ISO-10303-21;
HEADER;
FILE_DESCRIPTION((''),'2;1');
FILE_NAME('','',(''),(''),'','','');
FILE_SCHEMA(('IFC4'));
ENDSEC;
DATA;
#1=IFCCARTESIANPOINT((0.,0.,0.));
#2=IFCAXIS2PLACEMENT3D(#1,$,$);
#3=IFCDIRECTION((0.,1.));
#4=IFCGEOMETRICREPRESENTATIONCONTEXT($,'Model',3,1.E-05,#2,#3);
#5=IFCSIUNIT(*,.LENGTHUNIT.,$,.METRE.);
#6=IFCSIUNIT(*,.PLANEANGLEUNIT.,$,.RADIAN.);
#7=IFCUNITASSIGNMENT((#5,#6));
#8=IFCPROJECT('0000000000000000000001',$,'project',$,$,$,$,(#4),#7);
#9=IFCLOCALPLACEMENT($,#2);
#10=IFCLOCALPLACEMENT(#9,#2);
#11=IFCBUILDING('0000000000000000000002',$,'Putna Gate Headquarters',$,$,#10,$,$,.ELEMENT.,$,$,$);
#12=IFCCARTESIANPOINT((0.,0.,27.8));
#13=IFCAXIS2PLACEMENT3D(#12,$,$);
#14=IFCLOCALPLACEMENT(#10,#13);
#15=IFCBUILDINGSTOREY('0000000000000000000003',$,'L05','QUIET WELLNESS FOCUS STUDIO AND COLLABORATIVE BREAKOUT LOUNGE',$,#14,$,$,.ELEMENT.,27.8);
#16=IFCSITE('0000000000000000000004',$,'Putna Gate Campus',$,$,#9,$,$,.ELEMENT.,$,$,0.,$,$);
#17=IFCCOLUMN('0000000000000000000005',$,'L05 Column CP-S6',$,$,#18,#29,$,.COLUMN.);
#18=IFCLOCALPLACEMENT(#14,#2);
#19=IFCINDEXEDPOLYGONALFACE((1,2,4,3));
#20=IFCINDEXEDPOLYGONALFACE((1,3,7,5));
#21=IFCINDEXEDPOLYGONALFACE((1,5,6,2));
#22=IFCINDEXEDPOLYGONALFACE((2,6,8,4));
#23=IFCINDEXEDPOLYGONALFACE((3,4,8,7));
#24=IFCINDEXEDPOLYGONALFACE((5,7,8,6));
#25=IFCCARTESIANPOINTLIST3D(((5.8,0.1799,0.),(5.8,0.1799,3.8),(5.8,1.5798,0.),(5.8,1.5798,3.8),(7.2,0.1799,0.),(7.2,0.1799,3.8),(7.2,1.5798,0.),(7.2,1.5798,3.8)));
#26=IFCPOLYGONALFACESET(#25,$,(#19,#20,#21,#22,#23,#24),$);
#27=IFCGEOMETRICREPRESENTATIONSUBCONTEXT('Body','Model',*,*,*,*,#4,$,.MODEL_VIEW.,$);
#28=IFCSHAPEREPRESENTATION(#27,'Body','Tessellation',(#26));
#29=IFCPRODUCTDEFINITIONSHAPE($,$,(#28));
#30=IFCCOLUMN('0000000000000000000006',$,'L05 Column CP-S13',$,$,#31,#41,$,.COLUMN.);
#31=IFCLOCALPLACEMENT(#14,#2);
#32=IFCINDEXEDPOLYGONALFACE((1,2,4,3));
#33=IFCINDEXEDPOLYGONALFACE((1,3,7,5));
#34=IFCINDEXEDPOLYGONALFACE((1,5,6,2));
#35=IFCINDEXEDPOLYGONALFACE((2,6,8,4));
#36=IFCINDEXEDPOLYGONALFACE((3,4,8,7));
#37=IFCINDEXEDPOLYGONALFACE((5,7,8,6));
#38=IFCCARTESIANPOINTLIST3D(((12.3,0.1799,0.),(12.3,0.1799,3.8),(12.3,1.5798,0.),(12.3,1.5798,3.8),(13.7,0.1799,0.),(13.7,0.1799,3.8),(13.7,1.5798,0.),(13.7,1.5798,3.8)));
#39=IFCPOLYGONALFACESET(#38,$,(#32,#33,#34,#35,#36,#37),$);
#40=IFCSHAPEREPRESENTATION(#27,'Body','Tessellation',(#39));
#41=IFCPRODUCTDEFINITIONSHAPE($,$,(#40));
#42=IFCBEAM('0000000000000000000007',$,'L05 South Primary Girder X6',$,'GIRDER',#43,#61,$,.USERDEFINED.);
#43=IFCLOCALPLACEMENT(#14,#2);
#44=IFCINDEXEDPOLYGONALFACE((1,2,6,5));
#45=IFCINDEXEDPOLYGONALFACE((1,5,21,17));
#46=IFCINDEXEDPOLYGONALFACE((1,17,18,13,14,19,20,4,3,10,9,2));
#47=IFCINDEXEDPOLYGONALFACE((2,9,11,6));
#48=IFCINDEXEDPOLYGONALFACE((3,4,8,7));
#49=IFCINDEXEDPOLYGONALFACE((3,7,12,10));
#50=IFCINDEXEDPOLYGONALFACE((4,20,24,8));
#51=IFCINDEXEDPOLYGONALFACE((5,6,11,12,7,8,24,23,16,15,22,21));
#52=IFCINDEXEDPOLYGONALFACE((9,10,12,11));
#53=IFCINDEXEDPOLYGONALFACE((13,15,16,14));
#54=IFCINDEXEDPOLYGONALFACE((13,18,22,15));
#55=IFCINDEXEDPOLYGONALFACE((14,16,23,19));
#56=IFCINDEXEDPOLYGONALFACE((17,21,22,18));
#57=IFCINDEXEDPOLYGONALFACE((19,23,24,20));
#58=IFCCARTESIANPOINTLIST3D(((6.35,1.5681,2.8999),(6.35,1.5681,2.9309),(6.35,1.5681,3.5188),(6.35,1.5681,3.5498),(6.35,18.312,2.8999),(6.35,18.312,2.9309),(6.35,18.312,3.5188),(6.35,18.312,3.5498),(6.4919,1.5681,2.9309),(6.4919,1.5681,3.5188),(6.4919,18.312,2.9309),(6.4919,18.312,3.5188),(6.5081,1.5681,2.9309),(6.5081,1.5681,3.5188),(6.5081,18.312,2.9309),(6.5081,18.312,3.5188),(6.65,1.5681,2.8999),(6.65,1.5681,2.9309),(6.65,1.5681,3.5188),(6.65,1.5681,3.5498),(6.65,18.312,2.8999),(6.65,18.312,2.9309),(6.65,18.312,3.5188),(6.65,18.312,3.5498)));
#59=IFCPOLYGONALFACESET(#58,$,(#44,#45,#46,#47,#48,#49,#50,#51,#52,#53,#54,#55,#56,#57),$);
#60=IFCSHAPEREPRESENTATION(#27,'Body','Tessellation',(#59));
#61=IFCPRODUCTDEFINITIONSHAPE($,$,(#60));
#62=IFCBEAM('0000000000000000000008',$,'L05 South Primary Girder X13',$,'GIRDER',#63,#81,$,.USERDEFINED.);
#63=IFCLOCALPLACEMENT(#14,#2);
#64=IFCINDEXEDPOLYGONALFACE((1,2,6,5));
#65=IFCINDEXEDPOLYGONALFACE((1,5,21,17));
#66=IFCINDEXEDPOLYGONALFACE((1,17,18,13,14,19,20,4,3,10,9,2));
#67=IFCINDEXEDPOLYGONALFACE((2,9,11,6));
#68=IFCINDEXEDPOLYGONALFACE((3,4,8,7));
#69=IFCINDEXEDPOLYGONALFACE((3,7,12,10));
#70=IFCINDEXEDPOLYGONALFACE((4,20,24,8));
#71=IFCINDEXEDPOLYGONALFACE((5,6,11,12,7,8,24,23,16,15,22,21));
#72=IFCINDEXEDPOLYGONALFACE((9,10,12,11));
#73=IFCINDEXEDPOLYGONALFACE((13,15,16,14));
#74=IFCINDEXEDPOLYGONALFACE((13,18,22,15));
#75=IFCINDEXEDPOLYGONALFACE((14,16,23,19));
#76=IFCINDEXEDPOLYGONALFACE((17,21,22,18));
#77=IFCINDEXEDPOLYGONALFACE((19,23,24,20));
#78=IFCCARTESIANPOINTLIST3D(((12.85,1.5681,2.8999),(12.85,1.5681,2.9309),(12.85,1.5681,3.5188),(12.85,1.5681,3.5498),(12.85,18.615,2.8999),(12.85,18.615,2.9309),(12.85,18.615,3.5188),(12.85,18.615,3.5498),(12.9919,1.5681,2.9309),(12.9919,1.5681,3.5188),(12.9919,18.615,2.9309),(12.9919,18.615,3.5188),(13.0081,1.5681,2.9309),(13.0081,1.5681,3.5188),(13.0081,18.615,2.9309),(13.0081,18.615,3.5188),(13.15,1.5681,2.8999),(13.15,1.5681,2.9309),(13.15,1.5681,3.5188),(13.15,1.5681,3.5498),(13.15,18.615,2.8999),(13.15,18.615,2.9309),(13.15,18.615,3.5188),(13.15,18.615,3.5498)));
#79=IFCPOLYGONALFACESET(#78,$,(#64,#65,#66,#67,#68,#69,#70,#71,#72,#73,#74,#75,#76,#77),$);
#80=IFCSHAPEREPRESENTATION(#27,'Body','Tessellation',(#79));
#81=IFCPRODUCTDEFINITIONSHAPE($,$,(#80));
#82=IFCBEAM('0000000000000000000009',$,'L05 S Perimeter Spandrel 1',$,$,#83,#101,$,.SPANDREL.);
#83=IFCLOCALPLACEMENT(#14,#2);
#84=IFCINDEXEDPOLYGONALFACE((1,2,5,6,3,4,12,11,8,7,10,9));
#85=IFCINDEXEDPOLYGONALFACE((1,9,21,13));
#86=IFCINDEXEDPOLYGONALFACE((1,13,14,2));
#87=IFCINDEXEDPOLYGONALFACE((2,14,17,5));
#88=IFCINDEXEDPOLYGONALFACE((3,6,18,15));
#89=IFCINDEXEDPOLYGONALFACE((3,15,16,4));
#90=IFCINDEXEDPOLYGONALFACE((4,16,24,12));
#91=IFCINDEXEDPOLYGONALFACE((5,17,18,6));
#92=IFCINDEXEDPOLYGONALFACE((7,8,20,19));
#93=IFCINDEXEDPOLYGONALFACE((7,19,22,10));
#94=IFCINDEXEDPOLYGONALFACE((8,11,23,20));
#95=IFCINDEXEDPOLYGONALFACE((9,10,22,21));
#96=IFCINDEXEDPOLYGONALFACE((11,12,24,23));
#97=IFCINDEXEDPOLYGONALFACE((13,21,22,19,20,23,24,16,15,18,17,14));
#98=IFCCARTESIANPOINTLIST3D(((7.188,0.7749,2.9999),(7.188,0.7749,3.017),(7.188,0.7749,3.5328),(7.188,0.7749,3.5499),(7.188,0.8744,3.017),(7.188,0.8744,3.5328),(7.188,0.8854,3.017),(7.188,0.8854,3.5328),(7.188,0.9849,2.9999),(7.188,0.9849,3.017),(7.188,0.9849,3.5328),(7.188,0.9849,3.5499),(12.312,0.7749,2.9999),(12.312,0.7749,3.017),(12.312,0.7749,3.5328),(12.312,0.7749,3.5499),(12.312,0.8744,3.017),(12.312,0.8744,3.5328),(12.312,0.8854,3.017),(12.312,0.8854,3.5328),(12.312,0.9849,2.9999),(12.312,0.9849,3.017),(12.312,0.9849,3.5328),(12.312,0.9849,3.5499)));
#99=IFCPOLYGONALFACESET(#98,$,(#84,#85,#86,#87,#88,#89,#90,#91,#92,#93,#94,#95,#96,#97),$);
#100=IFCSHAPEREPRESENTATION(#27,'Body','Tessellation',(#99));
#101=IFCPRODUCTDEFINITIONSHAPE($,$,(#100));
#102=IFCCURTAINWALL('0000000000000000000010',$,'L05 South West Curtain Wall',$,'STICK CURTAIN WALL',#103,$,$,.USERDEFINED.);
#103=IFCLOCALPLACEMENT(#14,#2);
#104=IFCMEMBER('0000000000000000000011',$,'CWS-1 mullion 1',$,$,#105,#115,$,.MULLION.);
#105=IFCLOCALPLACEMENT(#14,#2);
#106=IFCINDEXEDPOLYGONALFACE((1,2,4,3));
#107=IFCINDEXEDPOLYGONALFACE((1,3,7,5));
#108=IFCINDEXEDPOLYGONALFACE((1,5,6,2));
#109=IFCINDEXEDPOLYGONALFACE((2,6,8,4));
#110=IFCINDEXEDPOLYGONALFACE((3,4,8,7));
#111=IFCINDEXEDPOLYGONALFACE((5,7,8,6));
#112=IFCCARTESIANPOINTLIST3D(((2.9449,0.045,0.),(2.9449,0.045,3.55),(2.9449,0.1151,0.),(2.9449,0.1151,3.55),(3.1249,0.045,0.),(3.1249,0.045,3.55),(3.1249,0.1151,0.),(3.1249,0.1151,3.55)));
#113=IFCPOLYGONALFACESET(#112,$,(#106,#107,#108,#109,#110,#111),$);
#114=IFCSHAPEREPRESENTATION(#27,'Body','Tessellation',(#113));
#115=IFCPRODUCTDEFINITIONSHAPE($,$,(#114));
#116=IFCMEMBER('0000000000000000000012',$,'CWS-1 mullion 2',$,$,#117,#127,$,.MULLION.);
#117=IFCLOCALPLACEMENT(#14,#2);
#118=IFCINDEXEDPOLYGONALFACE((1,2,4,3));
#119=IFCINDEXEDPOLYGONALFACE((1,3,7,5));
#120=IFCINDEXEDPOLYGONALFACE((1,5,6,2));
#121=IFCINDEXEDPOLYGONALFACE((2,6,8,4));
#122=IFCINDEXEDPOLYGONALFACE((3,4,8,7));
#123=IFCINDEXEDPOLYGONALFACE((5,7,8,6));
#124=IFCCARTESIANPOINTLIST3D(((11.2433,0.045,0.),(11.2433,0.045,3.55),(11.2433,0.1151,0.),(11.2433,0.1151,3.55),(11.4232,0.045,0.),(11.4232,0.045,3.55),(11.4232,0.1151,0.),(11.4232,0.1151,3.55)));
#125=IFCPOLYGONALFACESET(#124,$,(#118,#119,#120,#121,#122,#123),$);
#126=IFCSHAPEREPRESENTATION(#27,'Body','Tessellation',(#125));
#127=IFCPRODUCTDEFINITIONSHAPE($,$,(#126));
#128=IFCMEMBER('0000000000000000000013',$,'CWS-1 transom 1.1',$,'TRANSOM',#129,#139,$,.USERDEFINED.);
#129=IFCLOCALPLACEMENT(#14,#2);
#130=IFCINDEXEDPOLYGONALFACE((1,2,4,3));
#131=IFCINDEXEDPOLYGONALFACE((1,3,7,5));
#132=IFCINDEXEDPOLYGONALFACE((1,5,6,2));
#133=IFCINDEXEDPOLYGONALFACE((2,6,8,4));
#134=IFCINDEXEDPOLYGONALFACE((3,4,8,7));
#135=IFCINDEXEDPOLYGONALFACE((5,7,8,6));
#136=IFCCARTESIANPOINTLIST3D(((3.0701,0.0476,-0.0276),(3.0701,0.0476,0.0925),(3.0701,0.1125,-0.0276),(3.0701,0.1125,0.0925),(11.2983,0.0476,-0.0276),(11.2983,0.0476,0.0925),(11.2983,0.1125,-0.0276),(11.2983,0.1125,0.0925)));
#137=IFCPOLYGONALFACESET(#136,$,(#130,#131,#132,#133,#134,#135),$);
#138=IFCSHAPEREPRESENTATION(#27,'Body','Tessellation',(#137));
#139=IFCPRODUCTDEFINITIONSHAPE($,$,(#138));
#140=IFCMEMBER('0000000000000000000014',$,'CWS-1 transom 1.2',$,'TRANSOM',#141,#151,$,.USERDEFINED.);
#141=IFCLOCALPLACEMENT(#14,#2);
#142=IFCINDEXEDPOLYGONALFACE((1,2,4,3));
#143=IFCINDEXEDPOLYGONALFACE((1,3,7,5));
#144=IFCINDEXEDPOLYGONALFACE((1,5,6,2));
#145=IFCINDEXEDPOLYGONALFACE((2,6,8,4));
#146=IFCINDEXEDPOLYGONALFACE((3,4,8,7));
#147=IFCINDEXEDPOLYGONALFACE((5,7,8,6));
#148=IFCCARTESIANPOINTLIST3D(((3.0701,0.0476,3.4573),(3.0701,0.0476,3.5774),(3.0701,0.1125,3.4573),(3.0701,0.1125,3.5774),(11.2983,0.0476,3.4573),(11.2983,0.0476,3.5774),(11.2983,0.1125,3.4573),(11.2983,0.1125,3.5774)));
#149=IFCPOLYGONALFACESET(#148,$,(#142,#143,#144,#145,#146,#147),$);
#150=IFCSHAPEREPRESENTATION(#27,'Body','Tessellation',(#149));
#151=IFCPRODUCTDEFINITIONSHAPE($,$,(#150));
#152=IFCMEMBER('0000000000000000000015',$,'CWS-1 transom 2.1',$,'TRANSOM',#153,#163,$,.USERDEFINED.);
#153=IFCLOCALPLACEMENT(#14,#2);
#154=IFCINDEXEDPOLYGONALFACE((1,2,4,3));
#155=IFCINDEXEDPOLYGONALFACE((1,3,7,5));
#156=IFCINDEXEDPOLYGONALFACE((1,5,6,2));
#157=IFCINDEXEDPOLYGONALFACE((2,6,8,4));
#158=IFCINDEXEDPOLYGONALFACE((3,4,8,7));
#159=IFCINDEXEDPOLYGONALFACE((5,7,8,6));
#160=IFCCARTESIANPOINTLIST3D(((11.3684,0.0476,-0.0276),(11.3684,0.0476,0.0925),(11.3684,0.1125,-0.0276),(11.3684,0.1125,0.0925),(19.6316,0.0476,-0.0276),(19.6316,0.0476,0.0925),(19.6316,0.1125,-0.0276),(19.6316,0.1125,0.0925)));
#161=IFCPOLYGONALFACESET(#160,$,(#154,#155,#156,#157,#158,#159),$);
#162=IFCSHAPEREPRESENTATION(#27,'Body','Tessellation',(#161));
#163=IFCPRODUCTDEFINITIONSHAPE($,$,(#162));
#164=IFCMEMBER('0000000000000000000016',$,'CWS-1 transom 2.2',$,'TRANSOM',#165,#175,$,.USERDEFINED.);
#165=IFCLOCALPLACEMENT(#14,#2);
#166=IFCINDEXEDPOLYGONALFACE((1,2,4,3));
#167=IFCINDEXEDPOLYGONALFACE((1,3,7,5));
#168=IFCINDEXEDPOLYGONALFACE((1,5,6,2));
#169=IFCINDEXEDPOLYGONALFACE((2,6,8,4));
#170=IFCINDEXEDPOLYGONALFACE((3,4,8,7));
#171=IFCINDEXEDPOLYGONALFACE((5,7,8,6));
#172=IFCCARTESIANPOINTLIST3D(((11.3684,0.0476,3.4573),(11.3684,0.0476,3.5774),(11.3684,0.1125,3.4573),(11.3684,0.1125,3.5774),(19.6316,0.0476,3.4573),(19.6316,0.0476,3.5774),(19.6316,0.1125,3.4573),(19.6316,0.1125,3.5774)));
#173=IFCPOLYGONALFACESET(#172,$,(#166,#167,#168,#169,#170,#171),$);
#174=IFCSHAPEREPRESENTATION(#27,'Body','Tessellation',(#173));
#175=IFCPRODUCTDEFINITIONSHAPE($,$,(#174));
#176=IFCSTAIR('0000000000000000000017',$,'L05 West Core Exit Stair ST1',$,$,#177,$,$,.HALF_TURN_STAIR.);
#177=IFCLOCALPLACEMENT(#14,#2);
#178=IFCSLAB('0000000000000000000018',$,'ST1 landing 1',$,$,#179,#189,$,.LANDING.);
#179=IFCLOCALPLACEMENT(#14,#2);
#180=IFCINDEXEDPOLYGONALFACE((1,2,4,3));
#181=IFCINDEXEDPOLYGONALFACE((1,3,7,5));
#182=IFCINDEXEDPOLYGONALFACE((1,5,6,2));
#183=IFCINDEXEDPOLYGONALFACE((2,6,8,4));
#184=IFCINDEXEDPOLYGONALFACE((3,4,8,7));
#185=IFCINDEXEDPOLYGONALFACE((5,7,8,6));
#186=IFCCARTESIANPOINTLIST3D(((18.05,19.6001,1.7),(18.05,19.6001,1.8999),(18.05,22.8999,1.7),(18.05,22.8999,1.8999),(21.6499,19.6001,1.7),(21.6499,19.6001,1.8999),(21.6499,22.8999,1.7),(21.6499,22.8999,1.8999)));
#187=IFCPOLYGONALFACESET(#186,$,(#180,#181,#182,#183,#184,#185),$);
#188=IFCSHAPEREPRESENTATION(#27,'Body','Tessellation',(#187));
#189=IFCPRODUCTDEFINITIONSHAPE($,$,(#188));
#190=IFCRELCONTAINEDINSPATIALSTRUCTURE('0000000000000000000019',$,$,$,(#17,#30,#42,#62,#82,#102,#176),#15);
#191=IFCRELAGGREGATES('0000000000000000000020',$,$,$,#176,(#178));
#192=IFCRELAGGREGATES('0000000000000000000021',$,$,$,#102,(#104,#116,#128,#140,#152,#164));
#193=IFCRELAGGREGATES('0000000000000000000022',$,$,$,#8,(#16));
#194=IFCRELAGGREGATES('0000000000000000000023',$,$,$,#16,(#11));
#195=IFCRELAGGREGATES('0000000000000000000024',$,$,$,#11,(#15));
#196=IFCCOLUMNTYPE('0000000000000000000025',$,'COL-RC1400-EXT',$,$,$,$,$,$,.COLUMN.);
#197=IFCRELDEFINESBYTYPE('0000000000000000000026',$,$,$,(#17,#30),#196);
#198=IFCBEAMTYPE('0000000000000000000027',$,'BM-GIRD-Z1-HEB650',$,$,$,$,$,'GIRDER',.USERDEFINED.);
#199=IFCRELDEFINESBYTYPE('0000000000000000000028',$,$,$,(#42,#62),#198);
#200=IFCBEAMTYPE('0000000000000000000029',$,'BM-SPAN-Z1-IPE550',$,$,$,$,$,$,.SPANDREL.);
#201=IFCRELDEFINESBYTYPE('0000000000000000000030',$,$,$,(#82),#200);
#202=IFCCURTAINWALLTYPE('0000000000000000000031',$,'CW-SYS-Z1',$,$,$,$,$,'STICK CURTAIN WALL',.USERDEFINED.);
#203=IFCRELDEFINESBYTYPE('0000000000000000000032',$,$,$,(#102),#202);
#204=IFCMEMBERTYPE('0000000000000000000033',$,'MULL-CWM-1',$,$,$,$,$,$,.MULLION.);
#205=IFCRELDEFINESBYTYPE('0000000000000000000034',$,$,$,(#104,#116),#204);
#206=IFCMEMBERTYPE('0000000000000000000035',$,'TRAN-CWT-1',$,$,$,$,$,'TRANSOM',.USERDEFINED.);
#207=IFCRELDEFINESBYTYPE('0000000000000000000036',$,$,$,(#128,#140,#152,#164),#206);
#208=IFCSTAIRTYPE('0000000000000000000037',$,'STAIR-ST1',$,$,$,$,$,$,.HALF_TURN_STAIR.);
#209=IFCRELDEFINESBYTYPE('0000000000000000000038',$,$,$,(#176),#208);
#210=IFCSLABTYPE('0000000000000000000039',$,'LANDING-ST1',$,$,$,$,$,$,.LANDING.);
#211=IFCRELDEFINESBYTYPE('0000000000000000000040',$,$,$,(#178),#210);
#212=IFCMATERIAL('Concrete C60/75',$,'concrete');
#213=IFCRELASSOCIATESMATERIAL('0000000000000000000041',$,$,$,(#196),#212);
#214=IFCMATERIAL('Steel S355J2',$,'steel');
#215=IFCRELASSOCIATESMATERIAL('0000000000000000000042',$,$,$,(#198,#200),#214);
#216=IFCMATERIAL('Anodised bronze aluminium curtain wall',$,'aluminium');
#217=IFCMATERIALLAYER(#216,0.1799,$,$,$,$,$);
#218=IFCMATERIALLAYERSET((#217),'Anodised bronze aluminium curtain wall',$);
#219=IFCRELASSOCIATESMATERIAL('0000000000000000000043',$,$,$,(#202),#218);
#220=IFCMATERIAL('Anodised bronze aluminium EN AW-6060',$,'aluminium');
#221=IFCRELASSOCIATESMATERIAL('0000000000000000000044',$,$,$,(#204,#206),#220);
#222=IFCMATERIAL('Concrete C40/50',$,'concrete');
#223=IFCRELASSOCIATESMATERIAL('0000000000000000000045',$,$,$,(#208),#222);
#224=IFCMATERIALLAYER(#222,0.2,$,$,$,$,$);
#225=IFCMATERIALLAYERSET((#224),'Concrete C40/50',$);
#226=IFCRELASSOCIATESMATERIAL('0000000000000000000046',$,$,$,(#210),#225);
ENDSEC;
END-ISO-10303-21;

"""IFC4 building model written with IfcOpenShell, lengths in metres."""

from ifc_helpers import new_model, si_unit, direction, frame, origin, origin_2d, place, context, subcontext, project, spatial, polyline, rectangle, i_section, outline, extrude, material, layer, layer_set, material_profile, profile_set, type_object, element, aggregate, save


model = new_model("IFC4")

# Units and contexts
model_context = context("Model", 3, precision=1e-05, world=origin(), true_north=direction((0.0, 1.0)))
body_context = subcontext(model_context, "Body", "Model", "MODEL_VIEW")
ifc_project = project(units=[si_unit("LENGTHUNIT", "METRE"), si_unit("PLANEANGLEUNIT", "RADIAN")], contexts=[model_context])

# Site, building, storey
site_placement = place(None, origin())
site = spatial("IfcSite", under=ifc_project, at=site_placement, Name="Putna Gate Campus", CompositionType="ELEMENT", RefElevation=0.0)
building_placement = place(site_placement, origin())
building = spatial("IfcBuilding", under=site, at=building_placement, Name="Putna Gate Headquarters", CompositionType="ELEMENT")
storey_placement = place(building_placement, frame((0.0, 0.0, 27.8)))
storey = spatial("IfcBuildingStorey", under=building, at=storey_placement, Name="L05", Description="QUIET WELLNESS FOCUS STUDIO AND COLLABORATIVE BREAKOUT LOUNGE", CompositionType="ELEMENT", Elevation=27.8)

# Columns
ifc_material_1 = material(Name="Concrete C60/75", Category="concrete")
ifc_material_profile_1 = material_profile(ifc_material_1, rectangle(XDim=1.3999, YDim=1.3999, at=origin_2d()), Name="Concrete C60/75")
ifc_profile_set_1 = profile_set([ifc_material_profile_1], Name="Concrete C60/75")
column_type = type_object("IfcColumnType", Name="COL-RC1400-EXT", PredefinedType="COLUMN", material=ifc_profile_set_1)
for number, where, z_axis, x_axis, name in (
    (1, (6.5, 0.8799, 0.0), (0.0, 0.0, 1.0), (1.0, 0.0, 0.0), "L05 Column CP-S6"),
    (2, (13.0, 0.8799, 0.0), (0.0, 0.0, 1.0), (1.0, 0.0, 0.0), "L05 Column CP-S13"),
):
    element("IfcColumn", number, at=place(storey_placement, frame(where, z_axis=z_axis, x_axis=x_axis)), inside=storey, type_object=column_type, Name=name, PredefinedType="COLUMN", context=body_context, shape_type="SweptSolid", body=[
        extrude(rectangle(XDim=1.3999, YDim=1.3999, at=origin_2d()), origin(), (0.0, 0.0, 1.0), 3.8),
    ])

# Beams
ifc_material_2 = material(Name="Steel S355J2", Category="steel")
ifc_material_profile_2 = material_profile(ifc_material_2, i_section(OverallWidth=0.3, OverallDepth=0.6499, WebThickness=0.0161, FlangeThickness=0.031, at=origin_2d()), Name="Steel S355J2")
ifc_profile_set_2 = profile_set([ifc_material_profile_2], Name="Steel S355J2")
beam_type_1 = type_object("IfcBeamType", Name="BM-GIRD-Z1-HEB650", ElementType="GIRDER", PredefinedType="USERDEFINED", material=ifc_profile_set_2)
beam_1_placement = place(storey_placement, frame((6.5, 1.5681, 3.2249), z_axis=(0.0, 1.0, 0.0), x_axis=(-1.0, 0.0, 0.0)))
element("IfcBeam", 3, at=beam_1_placement, inside=storey, type_object=beam_type_1, Name="L05 South Primary Girder X6", ObjectType="GIRDER", PredefinedType="USERDEFINED", context=body_context, shape_type="SweptSolid", body=[
    extrude(i_section(OverallWidth=0.3, OverallDepth=0.6499, WebThickness=0.0161, FlangeThickness=0.031, at=origin_2d()), origin(), (0.0, 0.0, 1.0), 16.7439),
])
beam_2_placement = place(storey_placement, frame((13.0, 1.5681, 3.2249), z_axis=(0.0, 1.0, 0.0), x_axis=(-1.0, 0.0, 0.0)))
element("IfcBeam", 4, at=beam_2_placement, inside=storey, type_object=beam_type_1, Name="L05 South Primary Girder X13", ObjectType="GIRDER", PredefinedType="USERDEFINED", context=body_context, shape_type="SweptSolid", body=[
    extrude(i_section(OverallWidth=0.3, OverallDepth=0.6499, WebThickness=0.0161, FlangeThickness=0.031, at=origin_2d()), origin(), (0.0, 0.0, 1.0), 17.0469),
])
ifc_material_profile_3 = material_profile(ifc_material_2, i_section(OverallWidth=0.21, OverallDepth=0.55, WebThickness=0.011, FlangeThickness=0.0171, at=origin_2d()), Name="Steel S355J2")
ifc_profile_set_3 = profile_set([ifc_material_profile_3], Name="Steel S355J2")
beam_type_2 = type_object("IfcBeamType", Name="BM-SPAN-Z1-IPE550", PredefinedType="SPANDREL", material=ifc_profile_set_3)
beam_3_placement = place(storey_placement, frame((7.188, 0.8799, 3.2749), z_axis=(1.0, 0.0, 0.0), x_axis=(0.0, 1.0, 0.0)))
element("IfcBeam", 5, at=beam_3_placement, inside=storey, type_object=beam_type_2, Name="L05 S Perimeter Spandrel 1", PredefinedType="SPANDREL", context=body_context, shape_type="SweptSolid", body=[
    extrude(i_section(OverallWidth=0.21, OverallDepth=0.55, WebThickness=0.011, FlangeThickness=0.0171, at=origin_2d()), origin(), (0.0, 0.0, 1.0), 5.124),
])

# Curtain wall, members
ifc_material_3 = material(Name="Anodised bronze aluminium curtain wall", Category="aluminium")
ifc_layer_1 = layer(ifc_material_3, 0.1799)
ifc_layer_set_1 = layer_set([ifc_layer_1], Name="Anodised bronze aluminium curtain wall")
curtain_wall_type = type_object("IfcCurtainWallType", Name="CW-SYS-Z1", ElementType="STICK CURTAIN WALL", PredefinedType="USERDEFINED", material=ifc_layer_set_1)
curtain_wall_placement = place(storey_placement, origin())
curtain_wall = element("IfcCurtainWall", 6, at=curtain_wall_placement, inside=storey, type_object=curtain_wall_type, Name="L05 South West Curtain Wall", ObjectType="STICK CURTAIN WALL", PredefinedType="USERDEFINED")
ifc_material_4 = material(Name="Anodised bronze aluminium EN AW-6060", Category="aluminium")
ifc_material_profile_4 = material_profile(ifc_material_4, rectangle(XDim=0.0701, YDim=0.1799, at=origin_2d()), Name="Anodised bronze aluminium EN AW-6060")
ifc_profile_set_4 = profile_set([ifc_material_profile_4], Name="Anodised bronze aluminium EN AW-6060")
member_type_1 = type_object("IfcMemberType", Name="MULL-CWM-1", PredefinedType="MULLION", material=ifc_profile_set_4)
member_1_placement = place(storey_placement, frame((3.0349, 0.0801, 0.0), z_axis=(0.0, 0.0, 1.0), x_axis=(0.0, 1.0, 0.0)))
member_1 = element("IfcMember", 7, at=member_1_placement, type_object=member_type_1, Name="CWS-1 mullion 1", PredefinedType="MULLION", context=body_context, shape_type="SweptSolid", body=[
    extrude(rectangle(XDim=0.0701, YDim=0.1799, at=origin_2d()), origin(), (0.0, 0.0, 1.0), 3.55),
])
member_2_placement = place(storey_placement, frame((11.3333, 0.0801, 0.0), z_axis=(0.0, 0.0, 1.0), x_axis=(0.0, 1.0, 0.0)))
member_2 = element("IfcMember", 8, at=member_2_placement, type_object=member_type_1, Name="CWS-1 mullion 2", PredefinedType="MULLION", context=body_context, shape_type="SweptSolid", body=[
    extrude(rectangle(XDim=0.0701, YDim=0.1799, at=origin_2d()), origin(), (0.0, 0.0, 1.0), 3.55),
])
ifc_material_profile_5 = material_profile(ifc_material_4, rectangle(XDim=0.0649, YDim=0.1201, at=origin_2d()), Name="Anodised bronze aluminium EN AW-6060")
ifc_profile_set_5 = profile_set([ifc_material_profile_5], Name="Anodised bronze aluminium EN AW-6060")
member_type_2 = type_object("IfcMemberType", Name="TRAN-CWT-1", ElementType="TRANSOM", PredefinedType="USERDEFINED", material=ifc_profile_set_5)
member_3_placement = place(storey_placement, frame((3.0701, 0.0801, 0.0325), z_axis=(1.0, 0.0, 0.0), x_axis=(0.0, 1.0, 0.0)))
member_3 = element("IfcMember", 9, at=member_3_placement, type_object=member_type_2, Name="CWS-1 transom 1.1", ObjectType="TRANSOM", PredefinedType="USERDEFINED", context=body_context, shape_type="SweptSolid", body=[
    extrude(rectangle(XDim=0.0649, YDim=0.1201, at=origin_2d()), origin(), (0.0, 0.0, 1.0), 8.2283),
])
member_4_placement = place(storey_placement, frame((3.0701, 0.0801, 3.5173), z_axis=(1.0, 0.0, 0.0), x_axis=(0.0, 1.0, 0.0)))
member_4 = element("IfcMember", 10, at=member_4_placement, type_object=member_type_2, Name="CWS-1 transom 1.2", ObjectType="TRANSOM", PredefinedType="USERDEFINED", context=body_context, shape_type="SweptSolid", body=[
    extrude(rectangle(XDim=0.0649, YDim=0.1201, at=origin_2d()), origin(), (0.0, 0.0, 1.0), 8.2283),
])
member_5_placement = place(storey_placement, frame((11.3684, 0.0801, 0.0325), z_axis=(1.0, 0.0, 0.0), x_axis=(0.0, 1.0, 0.0)))
member_5 = element("IfcMember", 11, at=member_5_placement, type_object=member_type_2, Name="CWS-1 transom 2.1", ObjectType="TRANSOM", PredefinedType="USERDEFINED", context=body_context, shape_type="SweptSolid", body=[
    extrude(rectangle(XDim=0.0649, YDim=0.1201, at=origin_2d()), origin(), (0.0, 0.0, 1.0), 8.2632),
])
member_6_placement = place(storey_placement, frame((11.3684, 0.0801, 3.5173), z_axis=(1.0, 0.0, 0.0), x_axis=(0.0, 1.0, 0.0)))
member_6 = element("IfcMember", 12, at=member_6_placement, type_object=member_type_2, Name="CWS-1 transom 2.2", ObjectType="TRANSOM", PredefinedType="USERDEFINED", context=body_context, shape_type="SweptSolid", body=[
    extrude(rectangle(XDim=0.0649, YDim=0.1201, at=origin_2d()), origin(), (0.0, 0.0, 1.0), 8.2632),
])

# Stair, slab
ifc_material_5 = material(Name="Concrete C40/50", Category="concrete")
stair_type_1 = type_object("IfcStairType", Name="STAIR-ST1", PredefinedType="HALF_TURN_STAIR", material=ifc_material_5)
stair_1_placement = place(storey_placement, origin())
stair_1 = element("IfcStair", 13, at=stair_1_placement, inside=storey, type_object=stair_type_1, Name="L05 West Core Exit Stair ST1", PredefinedType="HALF_TURN_STAIR")
ifc_layer_2 = layer(ifc_material_5, 0.2)
ifc_layer_set_2 = layer_set([ifc_layer_2], Name="Concrete C40/50")
slab_type_1 = type_object("IfcSlabType", Name="LANDING-ST1", PredefinedType="LANDING", material=ifc_layer_set_2)
slab_1_placement = place(storey_placement, frame((0.0, 0.0, 1.7)))
slab_1 = element("IfcSlab", 14, at=slab_1_placement, type_object=slab_type_1, Name="ST1 landing 1", PredefinedType="LANDING", context=body_context, shape_type="SweptSolid", body=[
    extrude(outline(polyline([(18.05, 19.6001), (21.6499, 19.6001), (21.6499, 22.8999), (18.05, 22.8999), (18.05, 19.6001)])), origin(), (0.0, 0.0, 1.0), 0.2),
])
aggregate(stair_1, [slab_1])

aggregate(curtain_wall, [member_1, member_2, member_3, member_4, member_5, member_6])

save(model, "model.ifc")
